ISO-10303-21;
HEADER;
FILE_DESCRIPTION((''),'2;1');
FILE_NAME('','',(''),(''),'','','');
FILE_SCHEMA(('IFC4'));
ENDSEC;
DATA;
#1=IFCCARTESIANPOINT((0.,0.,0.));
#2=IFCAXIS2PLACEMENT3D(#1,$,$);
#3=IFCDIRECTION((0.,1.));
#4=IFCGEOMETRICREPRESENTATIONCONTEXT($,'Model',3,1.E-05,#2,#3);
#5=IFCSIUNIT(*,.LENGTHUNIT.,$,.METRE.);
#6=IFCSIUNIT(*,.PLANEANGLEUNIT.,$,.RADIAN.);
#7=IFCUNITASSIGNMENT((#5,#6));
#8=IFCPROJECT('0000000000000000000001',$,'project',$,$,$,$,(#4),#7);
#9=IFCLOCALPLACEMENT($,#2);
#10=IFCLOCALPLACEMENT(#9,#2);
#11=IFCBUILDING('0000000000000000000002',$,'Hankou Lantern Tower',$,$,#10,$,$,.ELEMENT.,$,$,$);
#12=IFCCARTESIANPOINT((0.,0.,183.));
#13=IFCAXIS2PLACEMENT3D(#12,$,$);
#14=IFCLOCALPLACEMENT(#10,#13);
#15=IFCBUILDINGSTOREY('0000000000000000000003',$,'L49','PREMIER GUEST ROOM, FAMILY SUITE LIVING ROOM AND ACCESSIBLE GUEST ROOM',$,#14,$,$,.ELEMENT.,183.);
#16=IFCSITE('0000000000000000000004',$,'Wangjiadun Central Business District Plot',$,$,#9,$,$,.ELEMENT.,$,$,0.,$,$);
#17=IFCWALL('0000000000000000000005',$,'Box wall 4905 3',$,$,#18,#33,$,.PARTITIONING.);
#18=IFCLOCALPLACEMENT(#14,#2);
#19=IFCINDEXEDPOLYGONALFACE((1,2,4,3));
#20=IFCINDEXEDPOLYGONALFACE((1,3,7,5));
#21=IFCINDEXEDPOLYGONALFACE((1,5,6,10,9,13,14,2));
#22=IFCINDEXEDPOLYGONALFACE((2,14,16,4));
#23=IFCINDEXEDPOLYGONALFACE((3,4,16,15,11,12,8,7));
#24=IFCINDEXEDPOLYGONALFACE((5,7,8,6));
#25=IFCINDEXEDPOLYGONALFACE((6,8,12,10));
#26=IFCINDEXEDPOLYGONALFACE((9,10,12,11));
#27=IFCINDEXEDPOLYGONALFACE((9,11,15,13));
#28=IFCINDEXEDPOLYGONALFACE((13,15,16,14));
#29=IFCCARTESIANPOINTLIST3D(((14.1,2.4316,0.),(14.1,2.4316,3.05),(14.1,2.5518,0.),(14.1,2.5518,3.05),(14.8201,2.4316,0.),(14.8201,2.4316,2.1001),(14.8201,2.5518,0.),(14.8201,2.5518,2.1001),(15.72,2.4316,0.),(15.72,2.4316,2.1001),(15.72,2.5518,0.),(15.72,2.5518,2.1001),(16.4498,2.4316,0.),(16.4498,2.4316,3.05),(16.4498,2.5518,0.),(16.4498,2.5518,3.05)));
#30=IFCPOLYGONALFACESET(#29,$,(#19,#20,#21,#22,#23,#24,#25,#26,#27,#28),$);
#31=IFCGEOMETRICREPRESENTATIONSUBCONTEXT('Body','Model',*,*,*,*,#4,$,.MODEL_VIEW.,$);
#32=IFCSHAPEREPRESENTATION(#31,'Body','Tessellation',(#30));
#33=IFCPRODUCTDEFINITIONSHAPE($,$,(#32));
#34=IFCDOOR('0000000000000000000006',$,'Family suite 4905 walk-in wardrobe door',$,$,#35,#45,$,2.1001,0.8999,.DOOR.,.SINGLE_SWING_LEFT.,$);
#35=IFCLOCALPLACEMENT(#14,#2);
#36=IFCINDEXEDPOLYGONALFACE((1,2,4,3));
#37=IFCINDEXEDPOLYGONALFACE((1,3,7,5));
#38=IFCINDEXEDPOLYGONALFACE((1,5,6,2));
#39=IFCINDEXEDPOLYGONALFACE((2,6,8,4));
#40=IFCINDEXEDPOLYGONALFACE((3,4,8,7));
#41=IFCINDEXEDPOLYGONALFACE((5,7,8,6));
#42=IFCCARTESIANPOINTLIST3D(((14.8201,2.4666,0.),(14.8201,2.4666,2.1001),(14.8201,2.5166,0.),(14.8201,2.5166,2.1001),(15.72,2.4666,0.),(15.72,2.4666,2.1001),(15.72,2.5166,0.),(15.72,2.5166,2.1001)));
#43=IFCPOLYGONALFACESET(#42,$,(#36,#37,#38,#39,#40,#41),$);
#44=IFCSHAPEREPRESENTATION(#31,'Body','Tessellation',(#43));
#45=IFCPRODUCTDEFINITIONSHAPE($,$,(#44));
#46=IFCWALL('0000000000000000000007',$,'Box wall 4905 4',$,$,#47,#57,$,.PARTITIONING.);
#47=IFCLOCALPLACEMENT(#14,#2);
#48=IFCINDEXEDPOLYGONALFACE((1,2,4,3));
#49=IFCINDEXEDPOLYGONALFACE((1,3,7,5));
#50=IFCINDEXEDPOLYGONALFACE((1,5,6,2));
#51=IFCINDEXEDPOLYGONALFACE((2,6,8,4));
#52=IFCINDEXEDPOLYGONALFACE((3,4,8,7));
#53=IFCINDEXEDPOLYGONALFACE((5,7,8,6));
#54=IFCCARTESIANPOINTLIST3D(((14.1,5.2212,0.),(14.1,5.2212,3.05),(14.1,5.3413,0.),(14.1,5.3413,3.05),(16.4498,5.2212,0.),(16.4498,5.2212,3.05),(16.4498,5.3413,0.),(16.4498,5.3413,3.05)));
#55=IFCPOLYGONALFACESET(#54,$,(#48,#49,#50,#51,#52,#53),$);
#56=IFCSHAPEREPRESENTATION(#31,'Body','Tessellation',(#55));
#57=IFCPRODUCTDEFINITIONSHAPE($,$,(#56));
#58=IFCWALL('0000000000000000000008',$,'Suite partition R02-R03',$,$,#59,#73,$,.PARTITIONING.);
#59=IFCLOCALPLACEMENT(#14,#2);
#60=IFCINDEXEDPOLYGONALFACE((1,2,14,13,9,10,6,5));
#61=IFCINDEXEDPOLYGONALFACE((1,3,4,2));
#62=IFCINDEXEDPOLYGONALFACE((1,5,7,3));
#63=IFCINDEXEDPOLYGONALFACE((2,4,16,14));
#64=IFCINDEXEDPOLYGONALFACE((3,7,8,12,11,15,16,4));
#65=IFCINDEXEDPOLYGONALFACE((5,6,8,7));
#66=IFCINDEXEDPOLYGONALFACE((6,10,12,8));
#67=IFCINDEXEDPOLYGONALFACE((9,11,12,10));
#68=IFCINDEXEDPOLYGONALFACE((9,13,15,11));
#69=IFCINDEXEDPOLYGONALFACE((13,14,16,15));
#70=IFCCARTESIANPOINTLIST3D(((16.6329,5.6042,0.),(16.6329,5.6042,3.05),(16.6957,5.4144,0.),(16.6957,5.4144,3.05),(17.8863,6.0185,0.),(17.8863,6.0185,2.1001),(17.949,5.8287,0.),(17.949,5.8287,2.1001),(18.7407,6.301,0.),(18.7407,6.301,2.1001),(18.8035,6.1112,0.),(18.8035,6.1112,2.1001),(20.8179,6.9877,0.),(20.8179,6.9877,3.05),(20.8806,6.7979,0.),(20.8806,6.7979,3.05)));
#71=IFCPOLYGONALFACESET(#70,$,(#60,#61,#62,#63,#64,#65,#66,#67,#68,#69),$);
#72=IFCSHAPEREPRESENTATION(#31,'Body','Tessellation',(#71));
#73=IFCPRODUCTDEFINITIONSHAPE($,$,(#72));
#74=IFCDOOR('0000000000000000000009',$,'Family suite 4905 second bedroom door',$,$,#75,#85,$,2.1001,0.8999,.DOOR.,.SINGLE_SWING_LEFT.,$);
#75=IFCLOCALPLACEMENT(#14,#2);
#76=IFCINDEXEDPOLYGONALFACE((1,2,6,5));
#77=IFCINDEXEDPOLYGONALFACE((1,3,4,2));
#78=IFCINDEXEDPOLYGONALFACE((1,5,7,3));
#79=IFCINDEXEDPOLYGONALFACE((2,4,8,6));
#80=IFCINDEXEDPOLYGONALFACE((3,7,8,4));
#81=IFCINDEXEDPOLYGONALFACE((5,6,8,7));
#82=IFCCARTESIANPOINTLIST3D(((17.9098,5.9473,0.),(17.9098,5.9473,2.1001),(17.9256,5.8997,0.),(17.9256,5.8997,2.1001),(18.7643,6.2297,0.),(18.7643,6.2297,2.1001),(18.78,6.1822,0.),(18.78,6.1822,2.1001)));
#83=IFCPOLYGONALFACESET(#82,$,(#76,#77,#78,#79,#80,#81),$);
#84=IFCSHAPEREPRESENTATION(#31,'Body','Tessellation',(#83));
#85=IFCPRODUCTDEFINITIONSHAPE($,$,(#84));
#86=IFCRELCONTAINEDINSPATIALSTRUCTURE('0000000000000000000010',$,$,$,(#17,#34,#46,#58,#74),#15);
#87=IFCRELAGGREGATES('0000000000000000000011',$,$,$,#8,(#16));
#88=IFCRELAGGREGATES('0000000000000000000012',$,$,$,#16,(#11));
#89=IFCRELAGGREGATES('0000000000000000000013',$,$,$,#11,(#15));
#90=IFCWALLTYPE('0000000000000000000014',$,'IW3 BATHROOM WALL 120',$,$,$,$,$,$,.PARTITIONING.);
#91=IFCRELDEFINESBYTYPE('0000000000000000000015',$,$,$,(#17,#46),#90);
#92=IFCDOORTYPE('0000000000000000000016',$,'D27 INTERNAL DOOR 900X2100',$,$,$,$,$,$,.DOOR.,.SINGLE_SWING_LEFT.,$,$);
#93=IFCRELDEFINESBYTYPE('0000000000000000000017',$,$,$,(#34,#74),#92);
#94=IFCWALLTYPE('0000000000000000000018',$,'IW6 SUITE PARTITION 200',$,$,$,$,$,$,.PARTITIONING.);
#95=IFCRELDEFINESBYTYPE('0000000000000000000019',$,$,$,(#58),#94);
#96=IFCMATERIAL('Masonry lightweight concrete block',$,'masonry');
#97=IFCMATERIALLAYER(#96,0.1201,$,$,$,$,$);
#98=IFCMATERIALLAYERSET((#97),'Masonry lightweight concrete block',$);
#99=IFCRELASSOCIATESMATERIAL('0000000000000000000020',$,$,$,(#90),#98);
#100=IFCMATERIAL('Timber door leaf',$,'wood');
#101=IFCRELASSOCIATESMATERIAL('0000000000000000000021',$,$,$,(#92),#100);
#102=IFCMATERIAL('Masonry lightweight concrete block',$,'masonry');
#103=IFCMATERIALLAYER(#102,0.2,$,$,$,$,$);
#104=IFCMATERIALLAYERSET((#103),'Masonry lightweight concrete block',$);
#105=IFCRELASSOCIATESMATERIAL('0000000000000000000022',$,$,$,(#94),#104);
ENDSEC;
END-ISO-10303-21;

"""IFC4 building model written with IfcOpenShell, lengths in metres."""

from ifc_helpers import new_model, si_unit, direction, frame, frame_2d, origin, place, context, subcontext, project, spatial, rectangle, extrude, material, layer, layer_set, type_object, element, fill, save


model = new_model("IFC4")

# Units and contexts
model_context = context("Model", 3, precision=1e-05, world=origin(), true_north=direction((0.0, 1.0)))
body_context = subcontext(model_context, "Body", "Model", "MODEL_VIEW")
ifc_project = project(units=[si_unit("LENGTHUNIT", "METRE"), si_unit("PLANEANGLEUNIT", "RADIAN")], contexts=[model_context])

# Site, building, storey
site_placement = place(None, origin())
site = spatial("IfcSite", under=ifc_project, at=site_placement, Name="Wangjiadun Central Business District Plot", CompositionType="ELEMENT", RefElevation=0.0)
building_placement = place(site_placement, origin())
building = spatial("IfcBuilding", under=site, at=building_placement, Name="Hankou Lantern Tower", CompositionType="ELEMENT")
storey_placement = place(building_placement, frame((0.0, 0.0, 183.0)))
storey = spatial("IfcBuildingStorey", under=building, at=storey_placement, Name="L49", Description="PREMIER GUEST ROOM, FAMILY SUITE LIVING ROOM AND ACCESSIBLE GUEST ROOM", CompositionType="ELEMENT", Elevation=183.0)

# Wall, opening, door
ifc_material_1 = material(Name="Masonry lightweight concrete block", Category="masonry")
ifc_layer_1 = layer(ifc_material_1, 0.1201)
ifc_layer_set_1 = layer_set([ifc_layer_1], Name="Masonry lightweight concrete block")
wall_type_1 = type_object("IfcWallType", Name="IW3 BATHROOM WALL 120", PredefinedType="PARTITIONING", material=ifc_layer_set_1)
wall_1_placement = place(storey_placement, frame((14.1001, 2.4917, 0.0), z_axis=(0.0, 0.0, 1.0), x_axis=(1.0, 0.0, 0.0)))
wall_1 = element("IfcWall", 1, at=wall_1_placement, inside=storey, type_object=wall_type_1, Name="Box wall 4905 3", PredefinedType="PARTITIONING", context=body_context, shape_type="SweptSolid", body=[
    extrude(rectangle(XDim=2.3499, YDim=0.1201, at=frame_2d((1.1748, 0.0))), origin(), (0.0, 0.0, 1.0), 3.05),
])
opening_1_placement = place(wall_1_placement, frame((0.72, 0.0, 0.0)))
opening_1 = element("IfcOpeningElement", 2, at=opening_1_placement, cuts=wall_1, PredefinedType="OPENING", context=body_context, shape_type="SweptSolid", body=[
    extrude(rectangle(XDim=0.8999, YDim=2.1001, at=frame_2d((0.45, 1.05))), frame((0.0, 0.0701, 0.0), z_axis=(0.0, -1.0, 0.0), x_axis=(1.0, 0.0, 0.0)), (0.0, 0.0, 1.0), 0.1401),
])
ifc_material_2 = material(Name="Timber door leaf", Category="wood")
door_type_1 = type_object("IfcDoorType", Name="D27 INTERNAL DOOR 900X2100", OperationType="SINGLE_SWING_LEFT", PredefinedType="DOOR", material=ifc_material_2)
door_1_placement = place(opening_1_placement, origin())
door_1 = element("IfcDoor", 3, at=door_1_placement, inside=storey, type_object=door_type_1, Name="Family suite 4905 walk-in wardrobe door", OperationType="SINGLE_SWING_LEFT", OverallHeight=2.1001, OverallWidth=0.8999, PredefinedType="DOOR", context=body_context, shape_type="SweptSolid", body=[
    extrude(rectangle(XDim=0.8999, YDim=2.1001, at=frame_2d((0.45, 1.05))), frame((0.0, 0.0249, 0.0), z_axis=(0.0, -1.0, 0.0), x_axis=(1.0, 0.0, 0.0)), (0.0, 0.0, 1.0), 0.05),
])
fill(opening_1, door_1)

# Wall
wall_2_placement = place(storey_placement, frame((14.1001, 5.2812, 0.0), z_axis=(0.0, 0.0, 1.0), x_axis=(1.0, 0.0, 0.0)))
element("IfcWall", 4, at=wall_2_placement, inside=storey, type_object=wall_type_1, Name="Box wall 4905 4", PredefinedType="PARTITIONING", context=body_context, shape_type="SweptSolid", body=[
    extrude(rectangle(XDim=2.3499, YDim=0.1201, at=frame_2d((1.1748, 0.0))), origin(), (0.0, 0.0, 1.0), 3.05),
])

# Wall, opening, door
ifc_material_3 = material(Name="Masonry lightweight concrete block", Category="masonry")
ifc_layer_2 = layer(ifc_material_3, 0.2)
ifc_layer_set_2 = layer_set([ifc_layer_2], Name="Masonry lightweight concrete block")
wall_type_2 = type_object("IfcWallType", Name="IW6 SUITE PARTITION 200", PredefinedType="PARTITIONING", material=ifc_layer_set_2)
wall_3_placement = place(storey_placement, frame((16.6643, 5.5093, 0.0), z_axis=(0.0, 0.0, 1.0), x_axis=(0.949461, 0.313884, 0.0)))
wall_3 = element("IfcWall", 5, at=wall_3_placement, inside=storey, type_object=wall_type_2, Name="Suite partition R02-R03", PredefinedType="PARTITIONING", context=body_context, shape_type="SweptSolid", body=[
    extrude(rectangle(XDim=4.4077, YDim=0.2, at=frame_2d((2.2039, 0.0))), origin(), (0.0, 0.0, 1.0), 3.05),
])
opening_2_placement = place(wall_3_placement, frame((1.3201, 0.0, 0.0)))
opening_2 = element("IfcOpeningElement", 6, at=opening_2_placement, cuts=wall_3, PredefinedType="OPENING", context=body_context, shape_type="SweptSolid", body=[
    extrude(rectangle(XDim=0.8999, YDim=2.1001, at=frame_2d((0.45, 1.05))), frame((0.0, 0.1099, 0.0), z_axis=(0.0, -1.0, 0.0), x_axis=(1.0, 0.0, 0.0)), (0.0, 0.0, 1.0), 0.22),
])
door_2_placement = place(opening_2_placement, origin())
door_2 = element("IfcDoor", 7, at=door_2_placement, inside=storey, type_object=door_type_1, Name="Family suite 4905 second bedroom door", OperationType="SINGLE_SWING_LEFT", OverallHeight=2.1001, OverallWidth=0.8999, PredefinedType="DOOR", context=body_context, shape_type="SweptSolid", body=[
    extrude(rectangle(XDim=0.8999, YDim=2.1001, at=frame_2d((0.45, 1.05))), frame((0.0, 0.0249, 0.0), z_axis=(0.0, -1.0, 0.0), x_axis=(1.0, 0.0, 0.0)), (0.0, 0.0, 1.0), 0.05),
])
fill(opening_2, door_2)

save(model, "model.ifc")
